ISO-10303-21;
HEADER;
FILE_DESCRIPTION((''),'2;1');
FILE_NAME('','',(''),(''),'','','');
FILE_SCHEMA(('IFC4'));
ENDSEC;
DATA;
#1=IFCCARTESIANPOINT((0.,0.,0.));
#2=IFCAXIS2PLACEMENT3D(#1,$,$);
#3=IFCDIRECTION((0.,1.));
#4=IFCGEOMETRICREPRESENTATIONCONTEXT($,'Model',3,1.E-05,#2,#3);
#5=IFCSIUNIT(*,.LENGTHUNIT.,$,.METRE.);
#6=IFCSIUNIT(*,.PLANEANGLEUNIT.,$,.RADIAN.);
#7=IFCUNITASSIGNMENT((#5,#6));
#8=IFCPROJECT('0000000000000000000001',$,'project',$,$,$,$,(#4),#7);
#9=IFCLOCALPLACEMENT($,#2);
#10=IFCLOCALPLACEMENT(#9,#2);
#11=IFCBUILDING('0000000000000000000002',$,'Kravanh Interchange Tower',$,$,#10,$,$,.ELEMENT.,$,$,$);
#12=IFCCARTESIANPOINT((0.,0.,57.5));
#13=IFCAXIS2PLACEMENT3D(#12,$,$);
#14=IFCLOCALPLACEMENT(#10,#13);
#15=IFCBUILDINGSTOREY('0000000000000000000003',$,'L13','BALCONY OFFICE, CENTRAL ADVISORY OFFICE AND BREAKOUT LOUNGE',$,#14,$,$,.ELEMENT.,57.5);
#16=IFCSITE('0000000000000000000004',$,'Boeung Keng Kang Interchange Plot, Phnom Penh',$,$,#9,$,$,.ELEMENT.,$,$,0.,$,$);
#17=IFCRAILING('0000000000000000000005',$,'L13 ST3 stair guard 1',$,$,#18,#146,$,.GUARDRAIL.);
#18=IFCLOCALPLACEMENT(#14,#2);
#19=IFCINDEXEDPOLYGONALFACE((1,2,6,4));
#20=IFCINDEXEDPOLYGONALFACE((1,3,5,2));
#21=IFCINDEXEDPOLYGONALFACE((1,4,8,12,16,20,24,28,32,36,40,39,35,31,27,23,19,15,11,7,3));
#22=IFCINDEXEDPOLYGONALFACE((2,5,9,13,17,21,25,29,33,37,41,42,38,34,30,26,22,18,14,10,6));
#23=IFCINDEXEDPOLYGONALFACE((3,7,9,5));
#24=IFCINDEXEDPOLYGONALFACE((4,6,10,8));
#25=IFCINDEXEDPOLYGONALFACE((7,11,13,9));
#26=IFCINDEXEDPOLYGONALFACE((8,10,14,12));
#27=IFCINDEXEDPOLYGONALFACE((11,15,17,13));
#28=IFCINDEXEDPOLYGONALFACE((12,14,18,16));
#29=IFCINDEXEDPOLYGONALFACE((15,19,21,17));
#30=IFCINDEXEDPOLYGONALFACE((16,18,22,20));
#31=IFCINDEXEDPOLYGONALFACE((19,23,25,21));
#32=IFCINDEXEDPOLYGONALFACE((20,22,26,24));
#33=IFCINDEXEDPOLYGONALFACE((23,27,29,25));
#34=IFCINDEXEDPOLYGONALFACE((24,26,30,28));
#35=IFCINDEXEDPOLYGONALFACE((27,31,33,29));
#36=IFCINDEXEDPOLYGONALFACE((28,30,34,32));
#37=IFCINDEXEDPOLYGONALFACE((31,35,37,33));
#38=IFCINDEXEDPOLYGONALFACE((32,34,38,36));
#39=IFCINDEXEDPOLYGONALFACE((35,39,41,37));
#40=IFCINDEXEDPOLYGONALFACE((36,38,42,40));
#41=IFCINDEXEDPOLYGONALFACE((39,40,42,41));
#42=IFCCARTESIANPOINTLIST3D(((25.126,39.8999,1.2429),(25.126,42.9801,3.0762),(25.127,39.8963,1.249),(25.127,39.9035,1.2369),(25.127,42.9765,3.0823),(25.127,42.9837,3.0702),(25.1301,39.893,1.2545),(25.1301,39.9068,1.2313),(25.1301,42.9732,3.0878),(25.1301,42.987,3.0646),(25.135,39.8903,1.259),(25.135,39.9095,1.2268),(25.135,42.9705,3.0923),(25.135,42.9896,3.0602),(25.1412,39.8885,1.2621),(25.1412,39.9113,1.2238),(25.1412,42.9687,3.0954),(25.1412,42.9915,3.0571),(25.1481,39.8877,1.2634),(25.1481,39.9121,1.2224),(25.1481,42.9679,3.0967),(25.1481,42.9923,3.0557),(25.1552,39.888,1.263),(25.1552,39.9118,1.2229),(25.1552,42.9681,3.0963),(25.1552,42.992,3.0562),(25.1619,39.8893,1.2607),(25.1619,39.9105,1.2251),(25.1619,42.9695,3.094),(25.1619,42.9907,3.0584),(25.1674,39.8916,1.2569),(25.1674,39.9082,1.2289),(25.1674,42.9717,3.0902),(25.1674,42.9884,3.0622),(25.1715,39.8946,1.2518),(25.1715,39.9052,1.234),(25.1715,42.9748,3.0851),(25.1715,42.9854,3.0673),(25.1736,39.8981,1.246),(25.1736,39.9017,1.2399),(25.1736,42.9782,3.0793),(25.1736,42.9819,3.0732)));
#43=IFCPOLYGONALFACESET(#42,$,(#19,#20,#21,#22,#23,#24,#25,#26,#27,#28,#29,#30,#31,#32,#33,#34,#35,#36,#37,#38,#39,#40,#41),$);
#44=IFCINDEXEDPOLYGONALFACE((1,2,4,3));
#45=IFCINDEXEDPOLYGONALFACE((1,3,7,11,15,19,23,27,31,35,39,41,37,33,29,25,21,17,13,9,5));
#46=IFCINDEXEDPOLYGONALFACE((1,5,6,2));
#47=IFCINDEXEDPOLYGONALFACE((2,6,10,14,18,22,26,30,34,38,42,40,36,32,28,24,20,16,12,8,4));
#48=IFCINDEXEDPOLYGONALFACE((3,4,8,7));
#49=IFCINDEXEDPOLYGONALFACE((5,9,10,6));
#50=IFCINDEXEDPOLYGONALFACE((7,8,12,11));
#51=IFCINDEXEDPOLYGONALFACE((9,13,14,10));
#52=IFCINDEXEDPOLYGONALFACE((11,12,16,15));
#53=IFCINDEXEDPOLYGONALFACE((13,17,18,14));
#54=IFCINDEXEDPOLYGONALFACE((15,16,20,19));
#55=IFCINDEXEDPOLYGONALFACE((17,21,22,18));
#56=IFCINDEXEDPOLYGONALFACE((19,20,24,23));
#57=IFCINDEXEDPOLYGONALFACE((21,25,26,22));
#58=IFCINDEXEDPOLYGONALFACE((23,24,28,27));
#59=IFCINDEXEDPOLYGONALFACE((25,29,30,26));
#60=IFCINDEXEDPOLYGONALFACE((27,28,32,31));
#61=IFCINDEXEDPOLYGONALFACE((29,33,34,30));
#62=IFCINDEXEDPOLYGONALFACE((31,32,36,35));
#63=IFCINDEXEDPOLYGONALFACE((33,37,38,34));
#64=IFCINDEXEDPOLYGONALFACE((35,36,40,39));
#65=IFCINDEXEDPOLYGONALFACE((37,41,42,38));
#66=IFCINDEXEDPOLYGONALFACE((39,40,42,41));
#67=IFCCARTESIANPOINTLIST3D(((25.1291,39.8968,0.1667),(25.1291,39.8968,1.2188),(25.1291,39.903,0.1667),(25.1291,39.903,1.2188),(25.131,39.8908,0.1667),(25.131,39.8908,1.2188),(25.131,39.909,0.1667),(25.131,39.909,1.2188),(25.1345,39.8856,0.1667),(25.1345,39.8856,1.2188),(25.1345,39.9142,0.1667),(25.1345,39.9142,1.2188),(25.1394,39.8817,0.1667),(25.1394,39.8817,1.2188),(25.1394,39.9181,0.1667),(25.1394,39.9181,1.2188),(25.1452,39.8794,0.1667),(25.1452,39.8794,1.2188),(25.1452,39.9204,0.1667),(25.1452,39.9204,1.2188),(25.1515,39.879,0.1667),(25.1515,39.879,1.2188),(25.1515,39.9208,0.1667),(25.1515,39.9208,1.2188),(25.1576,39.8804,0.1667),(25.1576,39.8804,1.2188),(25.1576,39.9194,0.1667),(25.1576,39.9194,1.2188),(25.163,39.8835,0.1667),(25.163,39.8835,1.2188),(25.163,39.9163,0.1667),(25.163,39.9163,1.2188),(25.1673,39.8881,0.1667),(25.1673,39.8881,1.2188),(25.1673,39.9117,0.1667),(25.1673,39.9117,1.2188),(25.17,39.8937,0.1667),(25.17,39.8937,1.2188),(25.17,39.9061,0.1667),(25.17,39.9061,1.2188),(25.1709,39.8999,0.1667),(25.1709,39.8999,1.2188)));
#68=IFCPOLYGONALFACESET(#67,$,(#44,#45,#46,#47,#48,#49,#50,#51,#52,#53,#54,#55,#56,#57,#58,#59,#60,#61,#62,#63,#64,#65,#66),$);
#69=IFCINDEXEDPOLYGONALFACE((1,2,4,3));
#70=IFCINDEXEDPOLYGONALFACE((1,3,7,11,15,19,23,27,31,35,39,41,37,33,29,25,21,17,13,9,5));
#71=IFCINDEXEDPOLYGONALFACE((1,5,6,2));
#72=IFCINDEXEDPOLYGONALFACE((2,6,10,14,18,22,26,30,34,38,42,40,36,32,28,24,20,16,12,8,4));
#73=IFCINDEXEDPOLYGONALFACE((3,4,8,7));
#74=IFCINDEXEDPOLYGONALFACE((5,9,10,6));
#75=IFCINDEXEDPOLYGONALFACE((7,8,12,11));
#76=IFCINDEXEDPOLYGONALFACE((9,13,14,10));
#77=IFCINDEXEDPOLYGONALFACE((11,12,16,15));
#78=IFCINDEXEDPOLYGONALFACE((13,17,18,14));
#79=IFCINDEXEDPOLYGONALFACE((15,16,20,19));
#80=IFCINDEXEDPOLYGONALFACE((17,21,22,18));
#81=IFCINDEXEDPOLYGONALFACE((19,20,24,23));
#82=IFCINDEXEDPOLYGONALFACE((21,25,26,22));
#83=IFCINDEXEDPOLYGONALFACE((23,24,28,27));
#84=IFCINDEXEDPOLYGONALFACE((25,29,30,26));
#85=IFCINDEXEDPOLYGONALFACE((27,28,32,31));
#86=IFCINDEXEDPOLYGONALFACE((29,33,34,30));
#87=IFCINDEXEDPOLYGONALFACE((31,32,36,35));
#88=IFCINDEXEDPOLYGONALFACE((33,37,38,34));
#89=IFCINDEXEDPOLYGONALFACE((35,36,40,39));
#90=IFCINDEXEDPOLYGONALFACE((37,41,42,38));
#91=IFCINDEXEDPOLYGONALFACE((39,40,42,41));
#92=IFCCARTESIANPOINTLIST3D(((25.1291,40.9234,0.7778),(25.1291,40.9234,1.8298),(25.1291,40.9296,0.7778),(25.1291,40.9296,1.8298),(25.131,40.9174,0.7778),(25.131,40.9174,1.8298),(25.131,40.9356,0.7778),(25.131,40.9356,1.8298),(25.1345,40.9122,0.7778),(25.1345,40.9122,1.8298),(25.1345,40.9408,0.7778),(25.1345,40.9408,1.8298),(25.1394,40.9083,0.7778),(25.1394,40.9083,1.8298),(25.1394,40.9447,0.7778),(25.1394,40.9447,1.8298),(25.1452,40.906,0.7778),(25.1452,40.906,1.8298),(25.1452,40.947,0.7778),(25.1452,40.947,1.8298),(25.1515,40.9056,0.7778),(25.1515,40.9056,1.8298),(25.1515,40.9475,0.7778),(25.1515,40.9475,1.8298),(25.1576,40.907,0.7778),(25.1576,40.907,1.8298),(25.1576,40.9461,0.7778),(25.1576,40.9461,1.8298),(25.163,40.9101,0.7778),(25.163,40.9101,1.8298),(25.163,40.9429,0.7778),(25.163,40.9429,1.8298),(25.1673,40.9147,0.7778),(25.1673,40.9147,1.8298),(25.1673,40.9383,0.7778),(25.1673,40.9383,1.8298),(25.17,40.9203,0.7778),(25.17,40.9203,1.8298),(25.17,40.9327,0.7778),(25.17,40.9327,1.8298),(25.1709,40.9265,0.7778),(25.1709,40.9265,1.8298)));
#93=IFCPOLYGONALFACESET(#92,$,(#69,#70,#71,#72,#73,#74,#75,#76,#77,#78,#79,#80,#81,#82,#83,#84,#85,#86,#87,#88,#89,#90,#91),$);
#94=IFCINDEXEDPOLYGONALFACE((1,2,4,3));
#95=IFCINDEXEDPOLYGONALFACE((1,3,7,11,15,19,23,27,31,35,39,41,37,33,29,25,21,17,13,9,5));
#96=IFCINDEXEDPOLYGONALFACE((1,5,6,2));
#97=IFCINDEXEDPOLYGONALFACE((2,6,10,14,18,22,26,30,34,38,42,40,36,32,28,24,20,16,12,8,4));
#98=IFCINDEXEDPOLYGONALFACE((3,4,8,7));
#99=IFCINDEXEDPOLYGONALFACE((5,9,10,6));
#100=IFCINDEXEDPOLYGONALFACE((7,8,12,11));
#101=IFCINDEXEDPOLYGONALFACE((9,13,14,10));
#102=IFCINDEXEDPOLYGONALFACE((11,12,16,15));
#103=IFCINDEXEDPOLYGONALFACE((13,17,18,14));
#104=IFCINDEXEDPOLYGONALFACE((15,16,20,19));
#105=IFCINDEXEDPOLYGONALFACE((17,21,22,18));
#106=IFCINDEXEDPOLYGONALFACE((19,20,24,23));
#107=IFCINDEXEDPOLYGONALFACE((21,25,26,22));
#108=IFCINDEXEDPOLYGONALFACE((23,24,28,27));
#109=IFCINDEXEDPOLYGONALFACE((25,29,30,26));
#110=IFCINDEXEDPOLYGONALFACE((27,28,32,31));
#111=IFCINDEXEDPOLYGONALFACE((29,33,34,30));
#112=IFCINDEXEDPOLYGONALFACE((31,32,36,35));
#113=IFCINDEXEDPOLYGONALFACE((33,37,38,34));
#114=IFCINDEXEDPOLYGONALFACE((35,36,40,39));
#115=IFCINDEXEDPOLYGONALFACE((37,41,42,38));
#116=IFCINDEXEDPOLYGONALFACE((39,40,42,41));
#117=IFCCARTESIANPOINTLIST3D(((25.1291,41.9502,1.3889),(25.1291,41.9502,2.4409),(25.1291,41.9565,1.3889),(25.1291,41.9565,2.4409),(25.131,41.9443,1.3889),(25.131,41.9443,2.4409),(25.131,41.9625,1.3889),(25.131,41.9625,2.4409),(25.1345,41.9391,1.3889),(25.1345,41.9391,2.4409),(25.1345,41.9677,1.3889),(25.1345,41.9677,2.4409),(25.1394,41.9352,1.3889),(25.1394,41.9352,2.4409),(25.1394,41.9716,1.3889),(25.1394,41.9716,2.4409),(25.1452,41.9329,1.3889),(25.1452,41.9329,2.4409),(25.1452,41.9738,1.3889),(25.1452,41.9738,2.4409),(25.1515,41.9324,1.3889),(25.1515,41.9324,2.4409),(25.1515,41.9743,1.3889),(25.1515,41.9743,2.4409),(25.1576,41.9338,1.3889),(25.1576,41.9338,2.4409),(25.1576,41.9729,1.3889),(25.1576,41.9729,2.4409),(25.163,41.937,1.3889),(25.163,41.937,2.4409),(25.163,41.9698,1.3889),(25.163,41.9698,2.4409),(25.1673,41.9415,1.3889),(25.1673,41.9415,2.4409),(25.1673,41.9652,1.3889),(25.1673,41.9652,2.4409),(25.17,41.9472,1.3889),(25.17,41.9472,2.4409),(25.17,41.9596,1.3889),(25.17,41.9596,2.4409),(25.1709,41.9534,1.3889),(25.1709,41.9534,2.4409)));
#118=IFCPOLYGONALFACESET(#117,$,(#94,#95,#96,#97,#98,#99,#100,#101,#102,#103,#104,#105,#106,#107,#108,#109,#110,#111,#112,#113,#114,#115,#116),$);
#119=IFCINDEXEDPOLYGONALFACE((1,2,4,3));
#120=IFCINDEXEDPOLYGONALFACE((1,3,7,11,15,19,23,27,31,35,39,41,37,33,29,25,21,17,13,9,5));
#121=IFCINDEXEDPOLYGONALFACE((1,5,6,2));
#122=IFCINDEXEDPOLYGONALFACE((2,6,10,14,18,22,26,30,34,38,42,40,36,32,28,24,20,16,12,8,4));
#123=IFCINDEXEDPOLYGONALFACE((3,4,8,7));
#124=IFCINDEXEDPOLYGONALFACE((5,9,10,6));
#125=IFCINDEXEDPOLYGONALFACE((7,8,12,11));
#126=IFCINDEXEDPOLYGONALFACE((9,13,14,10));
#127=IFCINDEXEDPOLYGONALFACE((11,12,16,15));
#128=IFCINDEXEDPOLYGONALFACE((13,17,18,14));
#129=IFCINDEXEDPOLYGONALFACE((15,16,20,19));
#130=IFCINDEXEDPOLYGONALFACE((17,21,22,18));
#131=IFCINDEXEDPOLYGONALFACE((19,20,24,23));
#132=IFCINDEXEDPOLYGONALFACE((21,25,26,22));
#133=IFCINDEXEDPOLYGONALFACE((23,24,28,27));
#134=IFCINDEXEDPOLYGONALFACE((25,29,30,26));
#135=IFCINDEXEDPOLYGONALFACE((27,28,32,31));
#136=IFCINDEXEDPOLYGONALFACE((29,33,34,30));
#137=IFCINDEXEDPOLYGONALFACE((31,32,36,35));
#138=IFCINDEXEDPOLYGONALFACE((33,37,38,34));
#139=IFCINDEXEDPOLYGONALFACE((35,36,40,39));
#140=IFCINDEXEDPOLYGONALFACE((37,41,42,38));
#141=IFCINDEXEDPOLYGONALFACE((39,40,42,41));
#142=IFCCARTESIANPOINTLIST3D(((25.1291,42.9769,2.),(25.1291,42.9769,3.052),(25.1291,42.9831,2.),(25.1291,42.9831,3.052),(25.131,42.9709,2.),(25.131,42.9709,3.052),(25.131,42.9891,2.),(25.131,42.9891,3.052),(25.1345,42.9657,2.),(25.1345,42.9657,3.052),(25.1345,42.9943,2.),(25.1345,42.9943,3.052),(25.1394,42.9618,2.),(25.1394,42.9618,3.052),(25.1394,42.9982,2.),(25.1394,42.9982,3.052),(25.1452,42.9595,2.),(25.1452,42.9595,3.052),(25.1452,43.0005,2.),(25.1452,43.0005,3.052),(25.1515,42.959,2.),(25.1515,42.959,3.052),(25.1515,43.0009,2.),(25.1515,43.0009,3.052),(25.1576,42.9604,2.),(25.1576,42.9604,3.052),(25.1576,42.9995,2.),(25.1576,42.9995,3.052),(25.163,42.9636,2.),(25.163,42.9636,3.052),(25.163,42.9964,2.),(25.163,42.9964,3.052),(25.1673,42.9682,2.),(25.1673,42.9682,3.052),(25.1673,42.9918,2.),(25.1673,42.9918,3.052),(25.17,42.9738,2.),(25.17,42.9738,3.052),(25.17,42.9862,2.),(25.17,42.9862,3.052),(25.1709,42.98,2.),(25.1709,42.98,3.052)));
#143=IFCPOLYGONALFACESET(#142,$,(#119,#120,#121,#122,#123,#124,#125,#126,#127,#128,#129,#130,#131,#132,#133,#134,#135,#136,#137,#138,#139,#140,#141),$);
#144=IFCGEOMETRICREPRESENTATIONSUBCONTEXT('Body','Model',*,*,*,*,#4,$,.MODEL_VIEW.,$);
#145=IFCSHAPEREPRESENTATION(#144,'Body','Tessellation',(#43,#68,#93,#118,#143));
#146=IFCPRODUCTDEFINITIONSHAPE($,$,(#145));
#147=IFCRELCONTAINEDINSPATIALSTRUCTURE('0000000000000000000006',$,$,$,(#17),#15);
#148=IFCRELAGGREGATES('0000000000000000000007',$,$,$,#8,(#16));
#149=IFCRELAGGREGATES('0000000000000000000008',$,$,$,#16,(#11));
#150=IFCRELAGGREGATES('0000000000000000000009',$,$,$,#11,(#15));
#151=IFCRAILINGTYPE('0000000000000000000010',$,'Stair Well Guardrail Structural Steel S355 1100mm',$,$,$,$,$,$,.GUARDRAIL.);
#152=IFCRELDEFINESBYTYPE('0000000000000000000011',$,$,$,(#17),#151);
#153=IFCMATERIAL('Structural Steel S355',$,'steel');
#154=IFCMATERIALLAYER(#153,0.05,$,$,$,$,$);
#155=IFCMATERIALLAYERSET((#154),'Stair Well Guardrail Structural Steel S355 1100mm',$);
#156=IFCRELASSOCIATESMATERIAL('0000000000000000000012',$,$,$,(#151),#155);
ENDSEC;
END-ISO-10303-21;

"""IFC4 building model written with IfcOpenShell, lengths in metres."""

from ifc_helpers import new_model, si_unit, direction, frame, origin, origin_2d, place, context, subcontext, project, spatial, circle, extrude, material, layer, layer_set, type_object, element, save


model = new_model("IFC4")

# Units and contexts
model_context = context("Model", 3, precision=1e-05, world=origin(), true_north=direction((0.0, 1.0)))
body_context = subcontext(model_context, "Body", "Model", "MODEL_VIEW")
ifc_project = project(units=[si_unit("LENGTHUNIT", "METRE"), si_unit("PLANEANGLEUNIT", "RADIAN")], contexts=[model_context])

# Site, building, storey
site_placement = place(None, origin())
site = spatial("IfcSite", under=ifc_project, at=site_placement, Name="Boeung Keng Kang Interchange Plot, Phnom Penh", CompositionType="ELEMENT", RefElevation=0.0)
building_placement = place(site_placement, origin())
building = spatial("IfcBuilding", under=site, at=building_placement, Name="Kravanh Interchange Tower", CompositionType="ELEMENT")
storey_placement = place(building_placement, frame((0.0, 0.0, 57.5)))
storey = spatial("IfcBuildingStorey", under=building, at=storey_placement, Name="L13", Description="BALCONY OFFICE, CENTRAL ADVISORY OFFICE AND BREAKOUT LOUNGE", CompositionType="ELEMENT", Elevation=57.5)

# Railing
ifc_material_1 = material(Name="Structural Steel S355", Category="steel")
ifc_layer_1 = layer(ifc_material_1, 0.05)
ifc_layer_set_1 = layer_set([ifc_layer_1], Name="Stair Well Guardrail Structural Steel S355 1100mm")
railing_type_1 = type_object("IfcRailingType", Name="Stair Well Guardrail Structural Steel S355 1100mm", PredefinedType="GUARDRAIL", material=ifc_layer_set_1)
railing_1_placement = place(storey_placement, frame((25.1499, 39.8999, 0.1667)))
element("IfcRailing", 1, at=railing_1_placement, inside=storey, type_object=railing_type_1, Name="L13 ST3 stair guard 1", PredefinedType="GUARDRAIL", context=body_context, shape_type="SweptSolid", body=[
    extrude(circle(Radius=0.0239, at=origin_2d()), frame((0.0, 0.0, 1.0762), z_axis=(0.0, 0.859309, 0.511458), x_axis=(-1.0, 0.0, 0.0)), (0.0, 0.0, 1.0), 3.5845),
    extrude(circle(Radius=0.021, at=origin_2d()), origin(), (0.0, 0.0, 1.0), 1.052),
    extrude(circle(Radius=0.021, at=origin_2d()), frame((0.0, 1.0266, 0.6111)), (0.0, 0.0, 1.0), 1.052),
    extrude(circle(Radius=0.021, at=origin_2d()), frame((0.0, 2.0535, 1.2222)), (0.0, 0.0, 1.0), 1.052),
    extrude(circle(Radius=0.021, at=origin_2d()), frame((0.0, 3.0801, 1.8333)), (0.0, 0.0, 1.0), 1.052),
])

save(model, "model.ifc")
